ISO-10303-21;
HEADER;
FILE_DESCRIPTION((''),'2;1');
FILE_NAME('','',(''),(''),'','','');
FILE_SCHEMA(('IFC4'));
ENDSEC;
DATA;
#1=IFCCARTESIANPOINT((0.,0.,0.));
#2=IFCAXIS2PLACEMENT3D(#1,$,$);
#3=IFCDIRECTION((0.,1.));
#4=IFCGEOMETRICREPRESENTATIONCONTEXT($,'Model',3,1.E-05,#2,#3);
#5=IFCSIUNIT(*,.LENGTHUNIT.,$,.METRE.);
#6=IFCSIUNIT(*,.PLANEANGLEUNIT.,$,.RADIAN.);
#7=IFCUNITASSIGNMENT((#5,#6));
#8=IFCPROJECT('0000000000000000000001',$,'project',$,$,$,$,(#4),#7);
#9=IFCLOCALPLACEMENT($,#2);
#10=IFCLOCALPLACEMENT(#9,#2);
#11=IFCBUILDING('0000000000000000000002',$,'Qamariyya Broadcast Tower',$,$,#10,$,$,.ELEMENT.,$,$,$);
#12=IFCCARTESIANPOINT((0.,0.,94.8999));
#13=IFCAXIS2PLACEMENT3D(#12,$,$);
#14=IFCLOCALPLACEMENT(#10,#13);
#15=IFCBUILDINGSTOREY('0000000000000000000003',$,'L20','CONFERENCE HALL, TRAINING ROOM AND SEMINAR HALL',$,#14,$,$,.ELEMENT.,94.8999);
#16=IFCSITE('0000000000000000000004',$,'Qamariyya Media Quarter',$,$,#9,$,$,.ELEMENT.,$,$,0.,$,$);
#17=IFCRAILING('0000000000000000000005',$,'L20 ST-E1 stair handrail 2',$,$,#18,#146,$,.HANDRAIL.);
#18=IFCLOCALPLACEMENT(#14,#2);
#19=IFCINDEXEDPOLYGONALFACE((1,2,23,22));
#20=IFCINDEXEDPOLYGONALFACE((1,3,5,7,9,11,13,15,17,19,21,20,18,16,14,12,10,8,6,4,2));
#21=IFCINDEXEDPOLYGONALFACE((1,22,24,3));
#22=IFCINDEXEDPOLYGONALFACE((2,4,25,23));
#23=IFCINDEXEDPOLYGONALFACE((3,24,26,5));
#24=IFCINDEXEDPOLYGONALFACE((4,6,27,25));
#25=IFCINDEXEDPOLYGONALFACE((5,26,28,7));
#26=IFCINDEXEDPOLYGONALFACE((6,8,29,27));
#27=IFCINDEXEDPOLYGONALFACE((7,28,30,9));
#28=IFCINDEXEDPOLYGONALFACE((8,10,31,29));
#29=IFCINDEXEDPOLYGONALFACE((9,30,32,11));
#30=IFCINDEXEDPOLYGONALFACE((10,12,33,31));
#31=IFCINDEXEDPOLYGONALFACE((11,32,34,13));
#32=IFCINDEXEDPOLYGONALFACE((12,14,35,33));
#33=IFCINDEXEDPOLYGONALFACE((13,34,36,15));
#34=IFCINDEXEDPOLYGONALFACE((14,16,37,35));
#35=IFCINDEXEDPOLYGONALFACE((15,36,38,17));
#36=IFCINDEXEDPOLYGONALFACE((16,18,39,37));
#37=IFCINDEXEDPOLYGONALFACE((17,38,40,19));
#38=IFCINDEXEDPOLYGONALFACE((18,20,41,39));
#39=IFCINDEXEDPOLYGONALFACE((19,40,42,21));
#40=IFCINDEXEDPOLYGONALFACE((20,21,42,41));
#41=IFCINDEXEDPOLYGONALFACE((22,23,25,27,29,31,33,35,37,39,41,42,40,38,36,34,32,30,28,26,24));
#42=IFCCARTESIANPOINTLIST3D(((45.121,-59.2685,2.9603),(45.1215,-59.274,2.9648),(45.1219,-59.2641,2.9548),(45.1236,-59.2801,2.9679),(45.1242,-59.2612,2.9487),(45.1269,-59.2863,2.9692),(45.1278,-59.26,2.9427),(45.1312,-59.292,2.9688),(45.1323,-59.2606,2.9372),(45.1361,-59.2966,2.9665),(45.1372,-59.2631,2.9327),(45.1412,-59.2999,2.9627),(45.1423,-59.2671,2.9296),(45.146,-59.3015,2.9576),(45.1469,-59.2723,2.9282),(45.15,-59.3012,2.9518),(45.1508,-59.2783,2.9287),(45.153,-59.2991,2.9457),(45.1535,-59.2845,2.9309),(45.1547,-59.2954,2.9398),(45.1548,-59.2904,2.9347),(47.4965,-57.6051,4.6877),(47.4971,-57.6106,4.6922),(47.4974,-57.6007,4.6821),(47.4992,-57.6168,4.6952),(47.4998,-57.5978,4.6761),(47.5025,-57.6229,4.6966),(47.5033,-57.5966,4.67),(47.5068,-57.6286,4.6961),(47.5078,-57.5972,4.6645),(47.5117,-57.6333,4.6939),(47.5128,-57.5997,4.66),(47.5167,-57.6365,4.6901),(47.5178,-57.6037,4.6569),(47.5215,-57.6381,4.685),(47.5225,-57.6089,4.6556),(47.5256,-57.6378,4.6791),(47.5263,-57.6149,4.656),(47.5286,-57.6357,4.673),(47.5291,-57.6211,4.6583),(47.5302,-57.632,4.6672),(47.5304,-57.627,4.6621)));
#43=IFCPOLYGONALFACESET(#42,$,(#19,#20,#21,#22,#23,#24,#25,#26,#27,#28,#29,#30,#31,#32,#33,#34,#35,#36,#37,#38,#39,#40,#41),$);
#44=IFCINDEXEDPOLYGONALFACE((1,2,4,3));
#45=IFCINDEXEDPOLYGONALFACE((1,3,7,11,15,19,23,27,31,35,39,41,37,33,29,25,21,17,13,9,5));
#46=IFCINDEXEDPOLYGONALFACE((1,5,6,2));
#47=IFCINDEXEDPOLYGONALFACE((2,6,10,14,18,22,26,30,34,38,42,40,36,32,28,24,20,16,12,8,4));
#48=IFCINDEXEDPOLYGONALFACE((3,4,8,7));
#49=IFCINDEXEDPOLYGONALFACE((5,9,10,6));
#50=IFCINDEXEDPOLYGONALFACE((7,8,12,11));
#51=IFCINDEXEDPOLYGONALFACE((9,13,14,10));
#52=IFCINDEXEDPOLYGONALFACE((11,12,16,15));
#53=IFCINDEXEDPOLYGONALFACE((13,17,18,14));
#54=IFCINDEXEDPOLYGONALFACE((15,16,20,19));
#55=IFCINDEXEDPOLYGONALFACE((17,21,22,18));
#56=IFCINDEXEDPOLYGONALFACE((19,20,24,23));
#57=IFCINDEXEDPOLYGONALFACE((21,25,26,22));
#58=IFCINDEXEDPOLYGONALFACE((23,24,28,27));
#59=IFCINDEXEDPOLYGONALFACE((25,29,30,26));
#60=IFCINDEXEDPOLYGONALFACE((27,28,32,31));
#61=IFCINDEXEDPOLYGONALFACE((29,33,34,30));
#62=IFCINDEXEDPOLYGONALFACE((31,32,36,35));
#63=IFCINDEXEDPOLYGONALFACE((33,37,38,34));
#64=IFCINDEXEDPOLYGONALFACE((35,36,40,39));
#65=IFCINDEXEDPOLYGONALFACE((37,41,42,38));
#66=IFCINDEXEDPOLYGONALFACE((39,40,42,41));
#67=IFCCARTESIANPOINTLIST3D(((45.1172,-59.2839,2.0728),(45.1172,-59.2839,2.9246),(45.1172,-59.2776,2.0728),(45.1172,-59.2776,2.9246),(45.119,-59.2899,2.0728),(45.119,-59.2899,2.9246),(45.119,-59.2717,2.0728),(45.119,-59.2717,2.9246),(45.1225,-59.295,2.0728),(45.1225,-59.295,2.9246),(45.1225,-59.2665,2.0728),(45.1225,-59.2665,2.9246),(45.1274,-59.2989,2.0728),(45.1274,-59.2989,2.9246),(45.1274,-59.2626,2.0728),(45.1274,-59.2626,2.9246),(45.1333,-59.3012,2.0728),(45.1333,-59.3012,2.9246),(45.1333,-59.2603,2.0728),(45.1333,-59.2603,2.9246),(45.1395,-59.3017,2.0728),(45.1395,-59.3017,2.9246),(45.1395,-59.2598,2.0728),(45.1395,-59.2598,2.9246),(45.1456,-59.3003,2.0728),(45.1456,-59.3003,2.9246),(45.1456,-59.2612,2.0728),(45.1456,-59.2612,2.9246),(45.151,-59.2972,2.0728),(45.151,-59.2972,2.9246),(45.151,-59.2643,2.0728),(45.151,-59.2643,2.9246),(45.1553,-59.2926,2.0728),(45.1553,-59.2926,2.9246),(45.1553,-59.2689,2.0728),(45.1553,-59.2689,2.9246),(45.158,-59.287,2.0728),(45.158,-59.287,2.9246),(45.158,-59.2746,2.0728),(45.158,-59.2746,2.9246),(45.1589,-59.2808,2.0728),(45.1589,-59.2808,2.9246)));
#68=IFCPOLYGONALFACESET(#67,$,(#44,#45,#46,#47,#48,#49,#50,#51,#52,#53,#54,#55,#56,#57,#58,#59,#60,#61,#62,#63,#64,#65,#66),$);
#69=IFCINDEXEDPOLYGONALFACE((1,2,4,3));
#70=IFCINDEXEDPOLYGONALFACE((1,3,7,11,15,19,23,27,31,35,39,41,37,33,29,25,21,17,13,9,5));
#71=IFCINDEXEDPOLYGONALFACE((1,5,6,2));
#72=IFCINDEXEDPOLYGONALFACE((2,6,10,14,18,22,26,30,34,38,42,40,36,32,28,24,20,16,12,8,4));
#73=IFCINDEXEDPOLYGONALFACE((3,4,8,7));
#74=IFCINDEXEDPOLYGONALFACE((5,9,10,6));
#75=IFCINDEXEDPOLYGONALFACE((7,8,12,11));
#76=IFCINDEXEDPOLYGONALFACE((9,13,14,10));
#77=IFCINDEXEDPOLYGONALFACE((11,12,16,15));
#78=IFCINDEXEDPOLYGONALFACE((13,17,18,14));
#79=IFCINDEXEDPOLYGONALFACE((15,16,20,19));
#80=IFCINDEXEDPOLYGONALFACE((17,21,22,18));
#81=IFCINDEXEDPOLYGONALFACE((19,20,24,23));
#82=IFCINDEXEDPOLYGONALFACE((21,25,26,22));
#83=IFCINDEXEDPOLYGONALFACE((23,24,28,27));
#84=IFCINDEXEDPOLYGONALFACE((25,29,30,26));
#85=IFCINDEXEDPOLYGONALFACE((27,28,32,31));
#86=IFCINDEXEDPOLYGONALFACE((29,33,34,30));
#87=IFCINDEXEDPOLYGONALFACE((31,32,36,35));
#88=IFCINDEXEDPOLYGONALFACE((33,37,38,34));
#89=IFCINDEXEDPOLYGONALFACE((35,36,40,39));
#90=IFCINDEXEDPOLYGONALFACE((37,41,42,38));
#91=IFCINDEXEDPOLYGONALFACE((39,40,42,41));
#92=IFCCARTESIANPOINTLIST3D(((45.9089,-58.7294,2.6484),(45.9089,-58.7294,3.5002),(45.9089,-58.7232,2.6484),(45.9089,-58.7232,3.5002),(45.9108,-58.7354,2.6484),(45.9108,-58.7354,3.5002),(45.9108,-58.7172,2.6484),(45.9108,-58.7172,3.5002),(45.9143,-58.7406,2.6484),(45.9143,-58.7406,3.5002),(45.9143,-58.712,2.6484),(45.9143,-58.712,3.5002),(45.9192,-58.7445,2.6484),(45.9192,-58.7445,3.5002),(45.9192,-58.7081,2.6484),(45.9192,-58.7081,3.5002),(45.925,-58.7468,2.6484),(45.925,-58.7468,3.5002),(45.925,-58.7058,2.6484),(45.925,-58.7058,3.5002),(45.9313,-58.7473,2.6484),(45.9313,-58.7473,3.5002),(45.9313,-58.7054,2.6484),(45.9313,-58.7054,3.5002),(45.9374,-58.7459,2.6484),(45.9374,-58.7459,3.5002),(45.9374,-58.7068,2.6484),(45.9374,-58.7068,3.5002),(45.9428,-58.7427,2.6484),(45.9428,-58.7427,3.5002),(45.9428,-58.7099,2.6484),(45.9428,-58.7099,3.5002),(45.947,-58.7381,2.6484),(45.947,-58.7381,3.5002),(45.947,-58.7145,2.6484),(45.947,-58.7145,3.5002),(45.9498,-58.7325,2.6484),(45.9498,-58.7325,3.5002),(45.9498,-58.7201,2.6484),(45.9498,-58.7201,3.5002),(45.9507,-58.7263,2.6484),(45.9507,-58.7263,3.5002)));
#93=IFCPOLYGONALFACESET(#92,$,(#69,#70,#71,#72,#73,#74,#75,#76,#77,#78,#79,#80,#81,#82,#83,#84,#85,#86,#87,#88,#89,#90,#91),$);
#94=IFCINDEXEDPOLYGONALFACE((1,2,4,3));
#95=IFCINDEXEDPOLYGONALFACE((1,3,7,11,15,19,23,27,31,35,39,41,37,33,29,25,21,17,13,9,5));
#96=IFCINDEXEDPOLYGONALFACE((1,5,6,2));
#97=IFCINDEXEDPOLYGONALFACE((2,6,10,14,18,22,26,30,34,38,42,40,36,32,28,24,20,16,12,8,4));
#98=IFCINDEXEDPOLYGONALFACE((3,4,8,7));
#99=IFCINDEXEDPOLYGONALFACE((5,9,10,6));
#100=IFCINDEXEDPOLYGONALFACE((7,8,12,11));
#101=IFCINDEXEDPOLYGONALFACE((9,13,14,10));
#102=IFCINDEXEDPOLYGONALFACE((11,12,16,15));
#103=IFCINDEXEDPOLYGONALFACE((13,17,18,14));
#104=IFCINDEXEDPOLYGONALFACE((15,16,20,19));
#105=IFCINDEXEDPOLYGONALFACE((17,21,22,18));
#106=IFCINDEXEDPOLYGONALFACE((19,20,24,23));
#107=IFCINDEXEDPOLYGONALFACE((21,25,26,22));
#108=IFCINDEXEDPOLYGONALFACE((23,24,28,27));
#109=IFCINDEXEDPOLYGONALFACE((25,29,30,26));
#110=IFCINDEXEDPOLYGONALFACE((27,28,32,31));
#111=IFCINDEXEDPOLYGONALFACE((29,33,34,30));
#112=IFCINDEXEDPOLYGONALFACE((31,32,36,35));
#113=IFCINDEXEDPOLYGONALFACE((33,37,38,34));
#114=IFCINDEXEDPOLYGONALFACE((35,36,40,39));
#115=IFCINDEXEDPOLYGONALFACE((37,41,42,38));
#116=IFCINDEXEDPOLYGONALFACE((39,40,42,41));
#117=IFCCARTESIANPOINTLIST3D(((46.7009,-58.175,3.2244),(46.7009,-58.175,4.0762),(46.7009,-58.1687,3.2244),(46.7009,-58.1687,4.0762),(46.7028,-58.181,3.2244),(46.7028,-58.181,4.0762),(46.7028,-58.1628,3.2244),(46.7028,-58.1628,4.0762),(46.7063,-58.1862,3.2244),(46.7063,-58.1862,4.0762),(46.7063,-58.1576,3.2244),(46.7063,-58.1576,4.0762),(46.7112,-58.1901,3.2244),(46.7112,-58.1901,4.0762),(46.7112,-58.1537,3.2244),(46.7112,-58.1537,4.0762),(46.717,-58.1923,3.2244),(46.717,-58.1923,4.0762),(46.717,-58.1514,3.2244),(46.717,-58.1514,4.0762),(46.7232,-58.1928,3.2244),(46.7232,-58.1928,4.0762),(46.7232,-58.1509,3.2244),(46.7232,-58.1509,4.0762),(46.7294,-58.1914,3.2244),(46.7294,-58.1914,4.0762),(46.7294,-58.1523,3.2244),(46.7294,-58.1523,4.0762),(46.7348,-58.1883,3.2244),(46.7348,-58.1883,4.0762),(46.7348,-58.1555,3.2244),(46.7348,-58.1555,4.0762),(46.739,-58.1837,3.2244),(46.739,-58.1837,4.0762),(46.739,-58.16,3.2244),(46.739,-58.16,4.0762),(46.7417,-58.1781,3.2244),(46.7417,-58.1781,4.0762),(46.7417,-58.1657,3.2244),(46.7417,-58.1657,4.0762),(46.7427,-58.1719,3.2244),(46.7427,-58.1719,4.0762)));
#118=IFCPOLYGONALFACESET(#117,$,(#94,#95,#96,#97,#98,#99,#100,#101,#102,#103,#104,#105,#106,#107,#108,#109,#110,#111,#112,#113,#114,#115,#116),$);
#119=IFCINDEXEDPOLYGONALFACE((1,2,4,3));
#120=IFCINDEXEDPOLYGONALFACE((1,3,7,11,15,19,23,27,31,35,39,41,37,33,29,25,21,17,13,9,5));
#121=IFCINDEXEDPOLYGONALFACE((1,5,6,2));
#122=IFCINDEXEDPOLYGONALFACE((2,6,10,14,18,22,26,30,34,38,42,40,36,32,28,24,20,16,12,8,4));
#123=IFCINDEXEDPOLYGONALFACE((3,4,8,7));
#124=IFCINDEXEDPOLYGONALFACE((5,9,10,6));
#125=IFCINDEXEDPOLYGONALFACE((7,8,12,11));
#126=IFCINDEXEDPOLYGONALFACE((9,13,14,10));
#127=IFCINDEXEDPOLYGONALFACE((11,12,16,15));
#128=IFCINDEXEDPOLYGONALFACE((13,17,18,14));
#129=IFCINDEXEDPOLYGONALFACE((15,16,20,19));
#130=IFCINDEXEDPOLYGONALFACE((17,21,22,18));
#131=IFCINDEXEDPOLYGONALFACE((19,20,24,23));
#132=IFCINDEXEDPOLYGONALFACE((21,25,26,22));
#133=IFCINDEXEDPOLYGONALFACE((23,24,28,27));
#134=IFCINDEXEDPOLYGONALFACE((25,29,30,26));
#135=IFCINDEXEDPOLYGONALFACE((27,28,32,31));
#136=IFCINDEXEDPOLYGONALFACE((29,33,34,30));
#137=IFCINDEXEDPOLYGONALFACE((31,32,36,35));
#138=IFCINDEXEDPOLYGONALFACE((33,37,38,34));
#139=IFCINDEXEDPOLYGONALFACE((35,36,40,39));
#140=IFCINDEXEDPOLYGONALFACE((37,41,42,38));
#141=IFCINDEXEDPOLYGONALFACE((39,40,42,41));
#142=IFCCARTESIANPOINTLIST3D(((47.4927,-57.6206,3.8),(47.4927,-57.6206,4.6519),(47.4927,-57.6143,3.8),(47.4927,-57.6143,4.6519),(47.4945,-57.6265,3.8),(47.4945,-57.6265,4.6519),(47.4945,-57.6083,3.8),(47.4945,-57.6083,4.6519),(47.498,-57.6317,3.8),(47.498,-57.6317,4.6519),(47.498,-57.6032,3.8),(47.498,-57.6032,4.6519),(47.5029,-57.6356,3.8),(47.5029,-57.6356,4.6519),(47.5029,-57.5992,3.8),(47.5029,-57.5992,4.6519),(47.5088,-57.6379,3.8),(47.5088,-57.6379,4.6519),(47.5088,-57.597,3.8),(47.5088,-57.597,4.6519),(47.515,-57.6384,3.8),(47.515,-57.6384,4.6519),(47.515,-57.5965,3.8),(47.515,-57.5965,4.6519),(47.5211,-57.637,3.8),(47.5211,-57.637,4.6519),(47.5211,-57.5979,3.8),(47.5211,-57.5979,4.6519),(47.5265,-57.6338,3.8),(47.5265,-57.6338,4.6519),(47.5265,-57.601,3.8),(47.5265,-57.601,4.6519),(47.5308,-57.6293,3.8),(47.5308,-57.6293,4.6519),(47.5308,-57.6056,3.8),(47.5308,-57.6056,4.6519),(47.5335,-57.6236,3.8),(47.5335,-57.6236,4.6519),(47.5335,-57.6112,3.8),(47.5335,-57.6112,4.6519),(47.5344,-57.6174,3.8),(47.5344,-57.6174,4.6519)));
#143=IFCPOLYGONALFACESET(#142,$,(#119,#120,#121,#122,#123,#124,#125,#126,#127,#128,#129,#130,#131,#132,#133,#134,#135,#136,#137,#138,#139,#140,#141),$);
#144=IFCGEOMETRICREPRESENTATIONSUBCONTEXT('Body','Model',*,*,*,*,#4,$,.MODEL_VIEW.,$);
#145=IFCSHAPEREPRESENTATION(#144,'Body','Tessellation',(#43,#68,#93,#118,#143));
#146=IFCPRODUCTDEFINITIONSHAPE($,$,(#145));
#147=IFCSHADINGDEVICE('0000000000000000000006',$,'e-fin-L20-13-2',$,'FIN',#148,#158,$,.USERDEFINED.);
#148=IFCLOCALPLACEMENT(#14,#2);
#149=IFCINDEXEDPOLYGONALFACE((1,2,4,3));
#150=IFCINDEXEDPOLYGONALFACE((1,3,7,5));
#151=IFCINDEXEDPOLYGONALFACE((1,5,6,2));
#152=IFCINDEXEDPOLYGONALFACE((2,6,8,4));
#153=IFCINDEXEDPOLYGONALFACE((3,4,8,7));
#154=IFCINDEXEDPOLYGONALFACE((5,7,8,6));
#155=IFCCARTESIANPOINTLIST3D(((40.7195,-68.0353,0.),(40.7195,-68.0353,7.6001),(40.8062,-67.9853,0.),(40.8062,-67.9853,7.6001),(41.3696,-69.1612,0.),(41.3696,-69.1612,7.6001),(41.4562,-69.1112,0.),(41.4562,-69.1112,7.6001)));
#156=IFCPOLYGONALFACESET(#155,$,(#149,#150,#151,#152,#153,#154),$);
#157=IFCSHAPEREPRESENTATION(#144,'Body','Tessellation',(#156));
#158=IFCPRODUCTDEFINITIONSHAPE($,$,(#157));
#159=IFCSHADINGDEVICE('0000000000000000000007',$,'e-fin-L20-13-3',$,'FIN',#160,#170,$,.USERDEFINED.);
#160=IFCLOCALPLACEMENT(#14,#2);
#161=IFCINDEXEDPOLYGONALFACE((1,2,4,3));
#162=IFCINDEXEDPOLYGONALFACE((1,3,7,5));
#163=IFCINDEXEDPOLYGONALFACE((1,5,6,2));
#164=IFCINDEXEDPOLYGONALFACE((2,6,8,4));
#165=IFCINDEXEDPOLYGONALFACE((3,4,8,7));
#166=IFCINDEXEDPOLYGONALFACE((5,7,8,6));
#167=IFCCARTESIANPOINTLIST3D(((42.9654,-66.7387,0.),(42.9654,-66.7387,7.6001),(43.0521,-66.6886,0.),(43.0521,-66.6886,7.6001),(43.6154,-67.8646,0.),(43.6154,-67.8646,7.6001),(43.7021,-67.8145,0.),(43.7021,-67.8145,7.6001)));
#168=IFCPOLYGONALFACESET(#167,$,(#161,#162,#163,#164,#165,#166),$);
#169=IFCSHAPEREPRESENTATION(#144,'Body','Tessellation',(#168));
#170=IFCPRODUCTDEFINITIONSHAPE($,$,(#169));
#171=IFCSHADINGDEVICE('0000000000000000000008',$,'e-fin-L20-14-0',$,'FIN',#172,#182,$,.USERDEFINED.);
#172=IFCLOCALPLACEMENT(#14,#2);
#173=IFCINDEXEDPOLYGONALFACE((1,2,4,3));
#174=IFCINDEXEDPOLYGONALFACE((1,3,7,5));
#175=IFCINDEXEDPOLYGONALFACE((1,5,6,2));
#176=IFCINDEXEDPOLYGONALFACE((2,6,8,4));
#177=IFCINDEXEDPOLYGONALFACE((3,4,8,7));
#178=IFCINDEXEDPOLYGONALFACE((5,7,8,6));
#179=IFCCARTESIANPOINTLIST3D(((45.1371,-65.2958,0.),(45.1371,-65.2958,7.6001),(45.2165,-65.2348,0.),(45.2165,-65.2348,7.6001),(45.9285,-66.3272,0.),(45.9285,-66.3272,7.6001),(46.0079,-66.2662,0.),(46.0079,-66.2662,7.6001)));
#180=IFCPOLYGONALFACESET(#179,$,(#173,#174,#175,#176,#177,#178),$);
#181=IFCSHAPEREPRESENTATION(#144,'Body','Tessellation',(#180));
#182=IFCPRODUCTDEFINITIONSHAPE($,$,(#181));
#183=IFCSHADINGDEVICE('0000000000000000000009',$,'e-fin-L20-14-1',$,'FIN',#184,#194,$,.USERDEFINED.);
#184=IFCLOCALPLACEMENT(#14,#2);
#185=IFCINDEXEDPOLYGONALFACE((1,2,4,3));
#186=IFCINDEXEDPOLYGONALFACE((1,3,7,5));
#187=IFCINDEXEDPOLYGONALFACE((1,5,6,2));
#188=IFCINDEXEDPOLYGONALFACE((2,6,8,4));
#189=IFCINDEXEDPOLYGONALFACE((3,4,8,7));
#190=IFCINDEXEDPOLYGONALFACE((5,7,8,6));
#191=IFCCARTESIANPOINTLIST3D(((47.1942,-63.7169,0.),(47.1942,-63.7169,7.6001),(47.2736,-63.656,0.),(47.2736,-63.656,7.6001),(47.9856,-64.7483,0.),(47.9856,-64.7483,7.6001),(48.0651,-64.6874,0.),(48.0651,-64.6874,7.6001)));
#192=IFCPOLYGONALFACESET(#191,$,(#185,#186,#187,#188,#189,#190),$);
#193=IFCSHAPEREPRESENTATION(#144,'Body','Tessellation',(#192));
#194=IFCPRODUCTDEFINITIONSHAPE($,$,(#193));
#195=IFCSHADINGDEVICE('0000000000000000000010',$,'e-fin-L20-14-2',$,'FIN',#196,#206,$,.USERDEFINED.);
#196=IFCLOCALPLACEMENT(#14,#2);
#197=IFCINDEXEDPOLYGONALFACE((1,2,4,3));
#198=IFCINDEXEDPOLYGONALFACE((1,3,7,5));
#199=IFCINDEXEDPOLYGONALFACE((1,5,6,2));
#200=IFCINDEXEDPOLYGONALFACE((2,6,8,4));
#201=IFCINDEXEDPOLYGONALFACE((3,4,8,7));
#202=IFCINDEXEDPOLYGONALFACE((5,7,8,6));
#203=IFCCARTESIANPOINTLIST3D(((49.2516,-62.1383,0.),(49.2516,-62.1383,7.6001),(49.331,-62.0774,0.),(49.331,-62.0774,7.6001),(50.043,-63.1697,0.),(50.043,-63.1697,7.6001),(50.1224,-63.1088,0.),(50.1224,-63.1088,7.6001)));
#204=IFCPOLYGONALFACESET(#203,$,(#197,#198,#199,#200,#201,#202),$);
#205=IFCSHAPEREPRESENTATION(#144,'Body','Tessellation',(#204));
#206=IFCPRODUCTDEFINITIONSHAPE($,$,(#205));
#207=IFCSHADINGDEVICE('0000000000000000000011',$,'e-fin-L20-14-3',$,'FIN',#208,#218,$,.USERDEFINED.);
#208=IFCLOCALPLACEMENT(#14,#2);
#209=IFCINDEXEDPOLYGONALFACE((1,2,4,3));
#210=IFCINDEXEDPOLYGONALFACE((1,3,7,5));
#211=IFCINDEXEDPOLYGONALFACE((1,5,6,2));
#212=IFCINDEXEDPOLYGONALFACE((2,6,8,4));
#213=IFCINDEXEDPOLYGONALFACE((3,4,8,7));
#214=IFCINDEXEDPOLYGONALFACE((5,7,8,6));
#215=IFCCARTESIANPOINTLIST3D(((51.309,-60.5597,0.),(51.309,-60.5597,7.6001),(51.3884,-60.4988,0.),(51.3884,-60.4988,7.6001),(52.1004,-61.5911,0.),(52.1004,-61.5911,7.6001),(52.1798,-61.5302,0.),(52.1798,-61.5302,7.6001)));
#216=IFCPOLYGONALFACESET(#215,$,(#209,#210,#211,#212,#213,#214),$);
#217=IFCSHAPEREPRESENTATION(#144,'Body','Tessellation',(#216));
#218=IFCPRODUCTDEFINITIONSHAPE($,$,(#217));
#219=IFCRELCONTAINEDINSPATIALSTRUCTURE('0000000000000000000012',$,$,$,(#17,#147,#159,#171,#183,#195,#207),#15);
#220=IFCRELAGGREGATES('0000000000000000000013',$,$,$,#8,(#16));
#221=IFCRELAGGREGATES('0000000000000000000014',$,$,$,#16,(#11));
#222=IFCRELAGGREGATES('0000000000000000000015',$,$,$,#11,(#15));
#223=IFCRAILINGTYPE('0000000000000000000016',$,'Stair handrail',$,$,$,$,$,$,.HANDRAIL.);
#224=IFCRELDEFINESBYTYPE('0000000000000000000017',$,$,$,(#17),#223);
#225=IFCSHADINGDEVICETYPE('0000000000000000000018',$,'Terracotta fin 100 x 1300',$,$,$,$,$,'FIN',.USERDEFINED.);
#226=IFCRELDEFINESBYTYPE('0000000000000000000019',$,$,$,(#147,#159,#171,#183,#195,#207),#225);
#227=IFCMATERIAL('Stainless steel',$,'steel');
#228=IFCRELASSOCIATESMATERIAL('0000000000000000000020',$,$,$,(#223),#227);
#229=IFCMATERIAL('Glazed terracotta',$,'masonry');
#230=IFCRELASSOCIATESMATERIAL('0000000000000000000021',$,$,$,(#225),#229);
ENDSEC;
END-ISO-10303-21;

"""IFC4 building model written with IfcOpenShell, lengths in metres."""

from ifc_helpers import new_model, si_unit, direction, frame, origin, origin_2d, place, context, subcontext, project, spatial, rectangle, circle, extrude, material, material_profile, profile_set, type_object, element, save


model = new_model("IFC4")

# Units and contexts
model_context = context("Model", 3, precision=1e-05, world=origin(), true_north=direction((0.0, 1.0)))
body_context = subcontext(model_context, "Body", "Model", "MODEL_VIEW")
ifc_project = project(units=[si_unit("LENGTHUNIT", "METRE"), si_unit("PLANEANGLEUNIT", "RADIAN")], contexts=[model_context])

# Site, building, storey
site_placement = place(None, origin())
site = spatial("IfcSite", under=ifc_project, at=site_placement, Name="Qamariyya Media Quarter", CompositionType="ELEMENT", RefElevation=0.0)
building_placement = place(site_placement, origin())
building = spatial("IfcBuilding", under=site, at=building_placement, Name="Qamariyya Broadcast Tower", CompositionType="ELEMENT")
storey_placement = place(building_placement, frame((0.0, 0.0, 94.8999)))
storey = spatial("IfcBuildingStorey", under=building, at=storey_placement, Name="L20", Description="CONFERENCE HALL, TRAINING ROOM AND SEMINAR HALL", CompositionType="ELEMENT", Elevation=94.8999)

# Railing
ifc_material_1 = material(Name="Stainless steel", Category="steel")
railing_type_1 = type_object("IfcRailingType", Name="Stair handrail", PredefinedType="HANDRAIL", material=ifc_material_1)
railing_1_placement = place(storey_placement, frame((45.1379, -59.2808, 2.0728)))
element("IfcRailing", 1, at=railing_1_placement, inside=storey, type_object=railing_type_1, Name="L20 ST-E1 stair handrail 2", PredefinedType="HANDRAIL", context=body_context, shape_type="SweptSolid", body=[
    extrude(circle(Radius=0.0239, at=origin_2d()), frame((0.0, 0.0, 0.876), z_axis=(0.70377, 0.492784, 0.511734), x_axis=(-0.573575, 0.819153, 0.0)), (0.0, 0.0, 1.0), 3.3755),
    extrude(circle(Radius=0.021, at=origin_2d()), origin(), (0.0, 0.0, 1.0), 0.8518),
    extrude(circle(Radius=0.021, at=origin_2d()), frame((0.7917, 0.5544, 0.5757)), (0.0, 0.0, 1.0), 0.8518),
    extrude(circle(Radius=0.021, at=origin_2d()), frame((1.5837, 1.1089, 1.1516)), (0.0, 0.0, 1.0), 0.8518),
    extrude(circle(Radius=0.021, at=origin_2d()), frame((2.3755, 1.6633, 1.7273)), (0.0, 0.0, 1.0), 0.8518),
])

# Shading devices
ifc_material_2 = material(Name="Glazed terracotta", Category="masonry")
ifc_material_profile_1 = material_profile(ifc_material_2, rectangle(XDim=1.3, YDim=0.1001, at=origin_2d()))
ifc_profile_set_1 = profile_set([ifc_material_profile_1], Name="Glazed terracotta")
shading_device_type_1 = type_object("IfcShadingDeviceType", Name="Terracotta fin 100 x 1300", ElementType="FIN", PredefinedType="USERDEFINED", material=ifc_profile_set_1)
for number, where, z_axis, x_axis, name in (
    (2, (41.0879, -68.5732, 0.0), (0.0, 0.0, 1.0), (0.5, -0.866025, 0.0), "e-fin-L20-13-2"),
    (3, (43.3337, -67.2766, 0.0), (0.0, 0.0, 1.0), (0.5, -0.866025, 0.0), "e-fin-L20-13-3"),
    (4, (45.5725, -65.781, 0.0), (0.0, 0.0, 1.0), (0.608761, -0.793353, 0.0), "e-fin-L20-14-0"),
    (5, (47.6296, -64.2021, 0.0), (0.0, 0.0, 1.0), (0.608761, -0.793353, 0.0), "e-fin-L20-14-1"),
    (6, (49.687, -62.6235, 0.0), (0.0, 0.0, 1.0), (0.608761, -0.793353, 0.0), "e-fin-L20-14-2"),
    (7, (51.7444, -61.0449, 0.0), (0.0, 0.0, 1.0), (0.608761, -0.793353, 0.0), "e-fin-L20-14-3"),
):
    element("IfcShadingDevice", number, at=place(storey_placement, frame(where, z_axis=z_axis, x_axis=x_axis)), inside=storey, type_object=shading_device_type_1, Name=name, ObjectType="FIN", PredefinedType="USERDEFINED", context=body_context, shape_type="SweptSolid", body=[
        extrude(rectangle(XDim=1.3, YDim=0.1001, at=origin_2d()), origin(), (0.0, 0.0, 1.0), 7.6001),
    ])

save(model, "model.ifc")
